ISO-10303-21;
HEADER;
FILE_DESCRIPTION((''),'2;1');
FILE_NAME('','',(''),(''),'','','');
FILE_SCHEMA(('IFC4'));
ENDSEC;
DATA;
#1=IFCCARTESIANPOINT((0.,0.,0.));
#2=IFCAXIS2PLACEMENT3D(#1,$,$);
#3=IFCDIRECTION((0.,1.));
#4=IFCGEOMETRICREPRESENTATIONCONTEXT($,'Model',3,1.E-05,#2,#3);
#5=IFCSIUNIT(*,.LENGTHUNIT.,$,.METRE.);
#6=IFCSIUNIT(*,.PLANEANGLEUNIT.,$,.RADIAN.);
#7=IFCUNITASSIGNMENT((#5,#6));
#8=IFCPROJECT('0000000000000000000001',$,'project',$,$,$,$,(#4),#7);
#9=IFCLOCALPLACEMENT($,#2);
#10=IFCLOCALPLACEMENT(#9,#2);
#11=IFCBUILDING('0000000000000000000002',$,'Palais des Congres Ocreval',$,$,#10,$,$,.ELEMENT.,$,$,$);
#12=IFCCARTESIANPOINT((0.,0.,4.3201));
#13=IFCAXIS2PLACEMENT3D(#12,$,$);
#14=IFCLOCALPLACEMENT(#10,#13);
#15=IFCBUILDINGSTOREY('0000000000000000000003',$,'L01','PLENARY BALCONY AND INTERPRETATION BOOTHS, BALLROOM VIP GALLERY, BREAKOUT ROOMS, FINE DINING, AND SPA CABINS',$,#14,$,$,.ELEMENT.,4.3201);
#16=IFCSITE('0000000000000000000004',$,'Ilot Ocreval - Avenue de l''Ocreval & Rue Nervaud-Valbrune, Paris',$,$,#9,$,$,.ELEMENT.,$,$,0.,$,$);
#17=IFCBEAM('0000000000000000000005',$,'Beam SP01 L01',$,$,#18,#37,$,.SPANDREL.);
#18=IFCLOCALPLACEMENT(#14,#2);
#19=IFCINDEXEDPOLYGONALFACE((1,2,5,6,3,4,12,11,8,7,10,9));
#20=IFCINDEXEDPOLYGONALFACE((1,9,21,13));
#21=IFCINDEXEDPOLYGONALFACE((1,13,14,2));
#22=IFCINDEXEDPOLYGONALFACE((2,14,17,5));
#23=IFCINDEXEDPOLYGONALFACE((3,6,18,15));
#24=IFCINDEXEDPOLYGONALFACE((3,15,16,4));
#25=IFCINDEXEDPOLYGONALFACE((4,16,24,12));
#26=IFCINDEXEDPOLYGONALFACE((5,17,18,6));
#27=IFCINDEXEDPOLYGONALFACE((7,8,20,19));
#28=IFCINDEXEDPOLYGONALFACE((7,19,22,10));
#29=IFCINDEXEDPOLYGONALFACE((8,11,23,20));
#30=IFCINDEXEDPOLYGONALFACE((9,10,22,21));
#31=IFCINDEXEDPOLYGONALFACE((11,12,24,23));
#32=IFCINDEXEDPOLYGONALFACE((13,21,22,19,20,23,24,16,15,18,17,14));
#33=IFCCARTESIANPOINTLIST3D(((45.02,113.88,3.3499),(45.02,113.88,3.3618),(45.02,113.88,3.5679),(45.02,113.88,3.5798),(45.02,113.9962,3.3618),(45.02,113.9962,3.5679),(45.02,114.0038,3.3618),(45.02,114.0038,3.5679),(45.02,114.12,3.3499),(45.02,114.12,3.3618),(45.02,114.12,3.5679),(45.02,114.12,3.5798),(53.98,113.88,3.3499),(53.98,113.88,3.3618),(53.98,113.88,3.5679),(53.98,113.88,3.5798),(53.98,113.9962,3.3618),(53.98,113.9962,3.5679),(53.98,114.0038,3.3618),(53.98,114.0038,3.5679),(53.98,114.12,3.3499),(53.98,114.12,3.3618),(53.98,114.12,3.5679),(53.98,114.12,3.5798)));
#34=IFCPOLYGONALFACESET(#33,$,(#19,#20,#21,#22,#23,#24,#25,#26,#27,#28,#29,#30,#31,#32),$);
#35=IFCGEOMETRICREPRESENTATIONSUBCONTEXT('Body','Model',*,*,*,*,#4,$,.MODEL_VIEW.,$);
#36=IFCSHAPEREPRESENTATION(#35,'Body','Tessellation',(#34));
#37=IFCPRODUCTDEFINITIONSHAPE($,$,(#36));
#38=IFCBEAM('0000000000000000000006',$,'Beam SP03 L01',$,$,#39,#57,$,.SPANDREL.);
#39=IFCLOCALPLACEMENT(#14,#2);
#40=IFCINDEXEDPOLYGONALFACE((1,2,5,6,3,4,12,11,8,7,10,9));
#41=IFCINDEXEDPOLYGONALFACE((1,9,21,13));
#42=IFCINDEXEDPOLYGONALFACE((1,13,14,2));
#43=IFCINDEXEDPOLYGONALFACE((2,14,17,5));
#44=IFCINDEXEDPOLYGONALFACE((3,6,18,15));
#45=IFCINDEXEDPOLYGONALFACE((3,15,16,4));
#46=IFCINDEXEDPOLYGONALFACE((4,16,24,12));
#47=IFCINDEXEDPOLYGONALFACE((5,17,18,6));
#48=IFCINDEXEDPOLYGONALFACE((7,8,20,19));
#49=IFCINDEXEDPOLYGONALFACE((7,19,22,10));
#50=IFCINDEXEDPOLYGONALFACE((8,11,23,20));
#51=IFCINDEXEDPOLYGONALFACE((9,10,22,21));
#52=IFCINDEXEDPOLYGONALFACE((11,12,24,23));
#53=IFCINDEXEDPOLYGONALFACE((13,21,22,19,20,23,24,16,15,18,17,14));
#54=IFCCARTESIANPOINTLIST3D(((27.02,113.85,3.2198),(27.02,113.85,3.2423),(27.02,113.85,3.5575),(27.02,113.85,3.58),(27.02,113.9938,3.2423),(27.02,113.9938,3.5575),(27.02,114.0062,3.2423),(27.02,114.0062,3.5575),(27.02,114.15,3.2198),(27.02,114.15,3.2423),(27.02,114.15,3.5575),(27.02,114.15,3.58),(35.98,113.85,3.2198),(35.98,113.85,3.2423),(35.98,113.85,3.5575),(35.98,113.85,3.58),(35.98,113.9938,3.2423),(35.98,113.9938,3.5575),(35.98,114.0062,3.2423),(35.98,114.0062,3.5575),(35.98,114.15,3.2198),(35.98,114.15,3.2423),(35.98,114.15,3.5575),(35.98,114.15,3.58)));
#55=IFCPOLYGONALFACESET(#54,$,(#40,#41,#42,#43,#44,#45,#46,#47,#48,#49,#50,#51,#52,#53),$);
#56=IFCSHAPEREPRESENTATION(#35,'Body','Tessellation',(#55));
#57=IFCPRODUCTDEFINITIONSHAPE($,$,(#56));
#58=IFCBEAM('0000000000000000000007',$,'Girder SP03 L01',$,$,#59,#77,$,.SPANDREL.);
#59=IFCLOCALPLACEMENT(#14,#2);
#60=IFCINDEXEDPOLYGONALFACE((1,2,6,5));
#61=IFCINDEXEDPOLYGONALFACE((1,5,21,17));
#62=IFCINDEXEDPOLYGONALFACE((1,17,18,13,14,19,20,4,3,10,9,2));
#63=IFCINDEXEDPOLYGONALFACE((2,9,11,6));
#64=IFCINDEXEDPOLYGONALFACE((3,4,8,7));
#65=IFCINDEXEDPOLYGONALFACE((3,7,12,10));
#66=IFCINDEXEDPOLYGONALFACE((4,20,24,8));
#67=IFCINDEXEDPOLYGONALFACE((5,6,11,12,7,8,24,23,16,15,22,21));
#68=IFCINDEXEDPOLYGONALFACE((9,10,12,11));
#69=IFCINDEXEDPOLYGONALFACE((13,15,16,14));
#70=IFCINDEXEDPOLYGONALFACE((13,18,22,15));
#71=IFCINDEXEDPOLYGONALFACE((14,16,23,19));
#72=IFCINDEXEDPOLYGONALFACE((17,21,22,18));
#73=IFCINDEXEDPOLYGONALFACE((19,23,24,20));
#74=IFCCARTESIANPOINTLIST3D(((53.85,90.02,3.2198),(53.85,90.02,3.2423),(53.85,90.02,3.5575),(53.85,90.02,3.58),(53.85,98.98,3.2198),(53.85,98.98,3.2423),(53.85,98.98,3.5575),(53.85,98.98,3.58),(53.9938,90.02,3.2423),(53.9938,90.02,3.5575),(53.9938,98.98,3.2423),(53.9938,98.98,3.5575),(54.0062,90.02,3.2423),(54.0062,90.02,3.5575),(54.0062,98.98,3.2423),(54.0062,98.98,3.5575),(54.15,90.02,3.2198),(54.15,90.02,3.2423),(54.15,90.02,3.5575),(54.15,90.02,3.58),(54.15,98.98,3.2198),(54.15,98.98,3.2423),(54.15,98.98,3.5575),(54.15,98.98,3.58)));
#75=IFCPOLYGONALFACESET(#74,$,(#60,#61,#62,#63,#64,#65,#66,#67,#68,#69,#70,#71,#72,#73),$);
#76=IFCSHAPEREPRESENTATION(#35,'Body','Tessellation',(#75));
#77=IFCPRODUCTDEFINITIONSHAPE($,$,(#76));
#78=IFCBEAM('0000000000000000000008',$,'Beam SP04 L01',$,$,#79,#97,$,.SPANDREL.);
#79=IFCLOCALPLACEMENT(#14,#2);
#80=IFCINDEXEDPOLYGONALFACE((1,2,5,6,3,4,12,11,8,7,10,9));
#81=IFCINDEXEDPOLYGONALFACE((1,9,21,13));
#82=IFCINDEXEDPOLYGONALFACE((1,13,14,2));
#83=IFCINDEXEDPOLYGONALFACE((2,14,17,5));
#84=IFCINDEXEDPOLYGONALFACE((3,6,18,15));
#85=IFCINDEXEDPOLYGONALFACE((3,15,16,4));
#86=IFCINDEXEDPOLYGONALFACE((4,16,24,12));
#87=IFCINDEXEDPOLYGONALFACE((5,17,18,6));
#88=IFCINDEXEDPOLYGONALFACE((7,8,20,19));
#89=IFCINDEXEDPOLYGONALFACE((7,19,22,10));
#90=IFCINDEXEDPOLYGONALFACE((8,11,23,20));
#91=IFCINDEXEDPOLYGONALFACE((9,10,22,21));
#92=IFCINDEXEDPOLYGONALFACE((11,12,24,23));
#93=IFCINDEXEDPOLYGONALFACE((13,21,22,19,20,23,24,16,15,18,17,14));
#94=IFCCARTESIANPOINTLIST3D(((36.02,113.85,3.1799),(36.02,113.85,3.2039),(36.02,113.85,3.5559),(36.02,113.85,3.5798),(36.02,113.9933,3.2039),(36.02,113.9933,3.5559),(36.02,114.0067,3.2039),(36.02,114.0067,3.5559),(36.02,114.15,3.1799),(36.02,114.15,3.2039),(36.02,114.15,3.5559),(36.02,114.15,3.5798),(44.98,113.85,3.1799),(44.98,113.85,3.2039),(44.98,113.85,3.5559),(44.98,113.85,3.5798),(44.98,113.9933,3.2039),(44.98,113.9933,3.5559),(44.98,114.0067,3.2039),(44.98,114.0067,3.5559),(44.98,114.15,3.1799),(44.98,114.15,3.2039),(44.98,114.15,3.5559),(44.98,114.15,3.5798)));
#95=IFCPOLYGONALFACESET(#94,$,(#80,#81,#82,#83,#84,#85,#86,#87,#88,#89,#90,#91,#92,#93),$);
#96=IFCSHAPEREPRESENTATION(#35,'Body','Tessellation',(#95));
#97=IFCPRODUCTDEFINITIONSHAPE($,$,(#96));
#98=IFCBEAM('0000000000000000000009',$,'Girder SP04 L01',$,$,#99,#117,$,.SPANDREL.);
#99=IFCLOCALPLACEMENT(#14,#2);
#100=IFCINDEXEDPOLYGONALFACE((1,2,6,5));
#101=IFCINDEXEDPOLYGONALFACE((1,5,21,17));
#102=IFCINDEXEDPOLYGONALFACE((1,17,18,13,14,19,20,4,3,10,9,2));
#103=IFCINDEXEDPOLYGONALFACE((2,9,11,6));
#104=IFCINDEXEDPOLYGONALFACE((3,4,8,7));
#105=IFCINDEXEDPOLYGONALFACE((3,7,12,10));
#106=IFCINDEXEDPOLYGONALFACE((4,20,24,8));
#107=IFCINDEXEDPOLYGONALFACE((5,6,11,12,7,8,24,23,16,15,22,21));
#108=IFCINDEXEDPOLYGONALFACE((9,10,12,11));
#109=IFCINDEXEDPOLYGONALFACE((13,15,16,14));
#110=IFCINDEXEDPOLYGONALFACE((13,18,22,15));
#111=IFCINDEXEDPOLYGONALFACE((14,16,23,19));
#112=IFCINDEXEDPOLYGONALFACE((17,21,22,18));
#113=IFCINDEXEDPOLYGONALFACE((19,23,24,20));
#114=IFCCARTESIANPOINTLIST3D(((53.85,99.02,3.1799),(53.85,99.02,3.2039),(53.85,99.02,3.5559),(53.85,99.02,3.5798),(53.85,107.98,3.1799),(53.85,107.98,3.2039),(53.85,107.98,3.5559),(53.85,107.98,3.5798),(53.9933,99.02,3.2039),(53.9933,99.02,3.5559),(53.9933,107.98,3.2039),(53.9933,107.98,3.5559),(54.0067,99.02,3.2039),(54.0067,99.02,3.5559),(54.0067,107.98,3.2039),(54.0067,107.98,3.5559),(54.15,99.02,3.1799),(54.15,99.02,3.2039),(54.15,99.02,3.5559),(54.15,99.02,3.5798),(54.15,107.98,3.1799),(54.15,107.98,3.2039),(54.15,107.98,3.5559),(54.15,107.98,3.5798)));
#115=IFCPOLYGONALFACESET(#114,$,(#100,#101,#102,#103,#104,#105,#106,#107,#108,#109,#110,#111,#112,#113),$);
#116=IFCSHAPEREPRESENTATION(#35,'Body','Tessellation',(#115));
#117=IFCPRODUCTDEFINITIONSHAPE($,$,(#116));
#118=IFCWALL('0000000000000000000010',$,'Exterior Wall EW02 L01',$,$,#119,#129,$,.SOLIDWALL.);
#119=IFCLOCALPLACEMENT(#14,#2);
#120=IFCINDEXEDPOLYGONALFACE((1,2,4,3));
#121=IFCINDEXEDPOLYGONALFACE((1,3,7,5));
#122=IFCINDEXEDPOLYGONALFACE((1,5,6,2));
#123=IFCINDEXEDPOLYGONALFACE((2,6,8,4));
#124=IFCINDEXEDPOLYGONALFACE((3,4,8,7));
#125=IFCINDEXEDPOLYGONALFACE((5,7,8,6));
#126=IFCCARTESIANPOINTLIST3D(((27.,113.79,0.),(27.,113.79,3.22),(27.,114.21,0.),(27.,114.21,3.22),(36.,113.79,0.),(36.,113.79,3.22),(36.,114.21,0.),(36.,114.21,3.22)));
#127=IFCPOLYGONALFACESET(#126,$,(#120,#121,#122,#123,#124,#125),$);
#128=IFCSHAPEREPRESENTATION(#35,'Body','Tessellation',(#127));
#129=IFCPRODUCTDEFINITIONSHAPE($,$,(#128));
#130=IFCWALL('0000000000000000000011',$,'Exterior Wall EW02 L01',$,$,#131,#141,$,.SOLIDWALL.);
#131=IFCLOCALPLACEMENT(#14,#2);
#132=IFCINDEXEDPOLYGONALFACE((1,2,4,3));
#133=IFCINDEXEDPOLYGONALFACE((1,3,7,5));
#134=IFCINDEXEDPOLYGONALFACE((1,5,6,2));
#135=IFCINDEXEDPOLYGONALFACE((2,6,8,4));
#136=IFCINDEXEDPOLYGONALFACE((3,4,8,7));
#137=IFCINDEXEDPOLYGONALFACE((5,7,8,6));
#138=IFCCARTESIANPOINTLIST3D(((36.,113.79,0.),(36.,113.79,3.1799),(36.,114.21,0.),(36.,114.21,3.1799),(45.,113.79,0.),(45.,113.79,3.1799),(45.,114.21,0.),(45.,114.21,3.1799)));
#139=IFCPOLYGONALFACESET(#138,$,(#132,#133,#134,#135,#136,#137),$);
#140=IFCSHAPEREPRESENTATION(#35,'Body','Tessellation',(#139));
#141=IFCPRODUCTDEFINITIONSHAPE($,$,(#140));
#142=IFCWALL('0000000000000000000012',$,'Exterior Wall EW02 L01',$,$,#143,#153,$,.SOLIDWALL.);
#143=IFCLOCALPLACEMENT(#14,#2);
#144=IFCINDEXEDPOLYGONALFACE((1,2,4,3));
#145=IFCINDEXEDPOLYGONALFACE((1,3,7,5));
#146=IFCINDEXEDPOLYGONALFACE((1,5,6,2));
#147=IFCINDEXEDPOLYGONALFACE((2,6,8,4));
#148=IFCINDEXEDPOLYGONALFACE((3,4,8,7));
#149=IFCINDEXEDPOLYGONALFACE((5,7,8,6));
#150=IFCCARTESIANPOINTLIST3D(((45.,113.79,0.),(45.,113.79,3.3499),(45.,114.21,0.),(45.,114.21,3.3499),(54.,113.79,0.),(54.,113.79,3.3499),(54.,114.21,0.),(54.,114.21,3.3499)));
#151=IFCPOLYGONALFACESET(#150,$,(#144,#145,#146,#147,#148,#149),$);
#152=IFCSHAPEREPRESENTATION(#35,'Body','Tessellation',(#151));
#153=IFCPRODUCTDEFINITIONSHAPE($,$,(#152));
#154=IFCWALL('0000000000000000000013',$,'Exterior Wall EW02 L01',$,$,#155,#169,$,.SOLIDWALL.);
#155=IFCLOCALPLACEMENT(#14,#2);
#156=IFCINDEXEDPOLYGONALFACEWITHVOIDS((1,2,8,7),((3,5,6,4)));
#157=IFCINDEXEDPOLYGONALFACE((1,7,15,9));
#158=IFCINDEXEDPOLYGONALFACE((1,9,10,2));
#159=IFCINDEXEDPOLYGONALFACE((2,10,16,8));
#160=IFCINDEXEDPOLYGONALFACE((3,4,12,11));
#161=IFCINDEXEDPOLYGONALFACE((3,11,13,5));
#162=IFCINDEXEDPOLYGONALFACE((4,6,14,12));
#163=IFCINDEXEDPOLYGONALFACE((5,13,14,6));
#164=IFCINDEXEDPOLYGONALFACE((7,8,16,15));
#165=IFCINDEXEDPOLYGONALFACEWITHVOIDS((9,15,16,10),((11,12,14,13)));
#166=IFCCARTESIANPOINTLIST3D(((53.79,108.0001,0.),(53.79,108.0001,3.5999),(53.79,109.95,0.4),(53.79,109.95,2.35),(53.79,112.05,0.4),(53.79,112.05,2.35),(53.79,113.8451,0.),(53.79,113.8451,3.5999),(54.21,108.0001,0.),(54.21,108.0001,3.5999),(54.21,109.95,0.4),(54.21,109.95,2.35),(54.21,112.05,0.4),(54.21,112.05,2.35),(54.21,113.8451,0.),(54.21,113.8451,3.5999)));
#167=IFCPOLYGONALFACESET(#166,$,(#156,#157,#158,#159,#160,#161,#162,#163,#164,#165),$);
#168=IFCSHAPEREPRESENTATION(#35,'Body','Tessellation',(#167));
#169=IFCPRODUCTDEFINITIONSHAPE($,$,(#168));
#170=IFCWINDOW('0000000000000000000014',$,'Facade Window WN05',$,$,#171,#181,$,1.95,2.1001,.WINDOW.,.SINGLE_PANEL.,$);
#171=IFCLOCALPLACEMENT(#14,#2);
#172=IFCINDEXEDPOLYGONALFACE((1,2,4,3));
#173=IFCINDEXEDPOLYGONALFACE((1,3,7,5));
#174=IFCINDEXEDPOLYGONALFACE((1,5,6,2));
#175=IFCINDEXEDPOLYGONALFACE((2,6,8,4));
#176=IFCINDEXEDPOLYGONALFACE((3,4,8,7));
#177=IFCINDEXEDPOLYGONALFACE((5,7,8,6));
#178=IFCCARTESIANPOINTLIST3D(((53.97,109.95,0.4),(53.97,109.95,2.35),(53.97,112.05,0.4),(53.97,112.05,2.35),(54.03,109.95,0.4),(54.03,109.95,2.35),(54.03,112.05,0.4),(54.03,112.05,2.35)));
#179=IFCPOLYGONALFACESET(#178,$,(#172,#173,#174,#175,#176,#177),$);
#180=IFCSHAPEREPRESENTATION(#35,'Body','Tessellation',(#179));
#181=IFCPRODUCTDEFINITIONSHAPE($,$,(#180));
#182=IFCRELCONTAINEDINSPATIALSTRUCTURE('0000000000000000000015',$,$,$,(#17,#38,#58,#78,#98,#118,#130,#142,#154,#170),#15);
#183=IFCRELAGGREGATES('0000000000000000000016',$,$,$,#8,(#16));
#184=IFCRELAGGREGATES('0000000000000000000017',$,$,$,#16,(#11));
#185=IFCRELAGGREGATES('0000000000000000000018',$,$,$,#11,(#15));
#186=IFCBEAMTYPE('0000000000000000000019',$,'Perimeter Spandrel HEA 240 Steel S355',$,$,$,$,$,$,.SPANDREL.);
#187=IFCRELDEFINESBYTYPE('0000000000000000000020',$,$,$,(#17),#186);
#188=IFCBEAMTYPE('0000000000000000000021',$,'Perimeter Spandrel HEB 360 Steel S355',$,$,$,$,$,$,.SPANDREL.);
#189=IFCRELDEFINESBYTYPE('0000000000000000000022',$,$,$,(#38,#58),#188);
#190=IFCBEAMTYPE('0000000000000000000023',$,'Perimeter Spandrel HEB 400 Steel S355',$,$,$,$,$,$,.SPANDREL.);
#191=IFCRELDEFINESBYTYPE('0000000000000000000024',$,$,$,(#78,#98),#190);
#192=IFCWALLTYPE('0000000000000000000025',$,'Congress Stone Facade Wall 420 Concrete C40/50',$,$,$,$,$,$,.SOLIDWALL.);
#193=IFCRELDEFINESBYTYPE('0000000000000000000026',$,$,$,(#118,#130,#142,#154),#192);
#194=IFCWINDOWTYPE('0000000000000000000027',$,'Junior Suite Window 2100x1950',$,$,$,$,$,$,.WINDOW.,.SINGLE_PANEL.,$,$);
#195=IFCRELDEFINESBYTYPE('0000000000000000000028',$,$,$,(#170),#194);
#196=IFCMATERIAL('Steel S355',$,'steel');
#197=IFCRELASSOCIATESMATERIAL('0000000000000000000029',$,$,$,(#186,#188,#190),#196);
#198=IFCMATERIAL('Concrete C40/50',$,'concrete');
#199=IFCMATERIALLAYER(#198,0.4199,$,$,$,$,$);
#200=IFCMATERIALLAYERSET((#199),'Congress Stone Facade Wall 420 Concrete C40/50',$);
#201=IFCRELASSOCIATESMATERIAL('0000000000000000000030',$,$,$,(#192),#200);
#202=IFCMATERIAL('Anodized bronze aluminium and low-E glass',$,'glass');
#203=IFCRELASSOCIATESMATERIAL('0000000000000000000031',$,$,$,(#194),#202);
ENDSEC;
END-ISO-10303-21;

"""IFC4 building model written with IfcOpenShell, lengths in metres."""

from ifc_helpers import new_model, si_unit, direction, frame, frame_2d, origin, origin_2d, place, context, subcontext, project, spatial, rectangle, i_section, extrude, material, layer, layer_set, material_profile, profile_set, type_object, element, fill, save


model = new_model("IFC4")

# Units and contexts
model_context = context("Model", 3, precision=1e-05, world=origin(), true_north=direction((0.0, 1.0)))
body_context = subcontext(model_context, "Body", "Model", "MODEL_VIEW")
ifc_project = project(units=[si_unit("LENGTHUNIT", "METRE"), si_unit("PLANEANGLEUNIT", "RADIAN")], contexts=[model_context])

# Site, building, storey
site_placement = place(None, origin())
site = spatial("IfcSite", under=ifc_project, at=site_placement, Name="Ilot Ocreval - Avenue de l'Ocreval & Rue Nervaud-Valbrune, Paris", CompositionType="ELEMENT", RefElevation=0.0)
building_placement = place(site_placement, origin())
building = spatial("IfcBuilding", under=site, at=building_placement, Name="Palais des Congres Ocreval", CompositionType="ELEMENT")
storey_placement = place(building_placement, frame((0.0, 0.0, 4.3201)))
storey = spatial("IfcBuildingStorey", under=building, at=storey_placement, Name="L01", Description="PLENARY BALCONY AND INTERPRETATION BOOTHS, BALLROOM VIP GALLERY, BREAKOUT ROOMS, FINE DINING, AND SPA CABINS", CompositionType="ELEMENT", Elevation=4.3201)

# Shared definitions
ifc_material_1 = material(Name="Steel S355", Category="steel")

# Beams
ifc_material_profile_1 = material_profile(ifc_material_1, i_section(OverallWidth=0.24, OverallDepth=0.23, WebThickness=0.0076, FlangeThickness=0.012, at=origin_2d()), Name="HEA 240")
ifc_profile_set_1 = profile_set([ifc_material_profile_1], Name="Steel S355")
beam_type_1 = type_object("IfcBeamType", Name="Perimeter Spandrel HEA 240 Steel S355", PredefinedType="SPANDREL", material=ifc_profile_set_1)
beam_1_placement = place(storey_placement, frame((45.02, 114.0, 3.4648), z_axis=(1.0, 0.0, 0.0), x_axis=(0.0, 1.0, 0.0)))
element("IfcBeam", 1, at=beam_1_placement, inside=storey, type_object=beam_type_1, Name="Beam SP01 L01", PredefinedType="SPANDREL", context=body_context, shape_type="SweptSolid", body=[
    extrude(i_section(OverallWidth=0.24, OverallDepth=0.23, WebThickness=0.0076, FlangeThickness=0.012, at=origin_2d()), origin(), (0.0, 0.0, 1.0), 8.96),
])
ifc_material_profile_2 = material_profile(ifc_material_1, i_section(OverallWidth=0.3, OverallDepth=0.3601, WebThickness=0.0125, FlangeThickness=0.0225, at=origin_2d()), Name="HEB 360")
ifc_profile_set_2 = profile_set([ifc_material_profile_2], Name="Steel S355")
beam_type_2 = type_object("IfcBeamType", Name="Perimeter Spandrel HEB 360 Steel S355", PredefinedType="SPANDREL", material=ifc_profile_set_2)
for number, where, z_axis, x_axis, name in (
    (2, (27.02, 114.0, 3.3999), (1.0, 0.0, 0.0), (0.0, 1.0, 0.0), "Beam SP03 L01"),
    (3, (54.0, 90.02, 3.3999), (0.0, 1.0, 0.0), (-1.0, 0.0, 0.0), "Girder SP03 L01"),
):
    element("IfcBeam", number, at=place(storey_placement, frame(where, z_axis=z_axis, x_axis=x_axis)), inside=storey, type_object=beam_type_2, Name=name, PredefinedType="SPANDREL", context=body_context, shape_type="SweptSolid", body=[
        extrude(i_section(OverallWidth=0.3, OverallDepth=0.3601, WebThickness=0.0125, FlangeThickness=0.0225, at=origin_2d()), origin(), (0.0, 0.0, 1.0), 8.96),
    ])
ifc_material_profile_3 = material_profile(ifc_material_1, i_section(OverallWidth=0.3, OverallDepth=0.3999, WebThickness=0.0134, FlangeThickness=0.0239, at=origin_2d()), Name="HEB 400")
ifc_profile_set_3 = profile_set([ifc_material_profile_3], Name="Steel S355")
beam_type_3 = type_object("IfcBeamType", Name="Perimeter Spandrel HEB 400 Steel S355", PredefinedType="SPANDREL", material=ifc_profile_set_3)
for number, where, z_axis, x_axis, name in (
    (4, (36.02, 114.0, 3.3799), (1.0, 0.0, 0.0), (0.0, 1.0, 0.0), "Beam SP04 L01"),
    (5, (54.0, 99.02, 3.3799), (0.0, 1.0, 0.0), (-1.0, 0.0, 0.0), "Girder SP04 L01"),
):
    element("IfcBeam", number, at=place(storey_placement, frame(where, z_axis=z_axis, x_axis=x_axis)), inside=storey, type_object=beam_type_3, Name=name, PredefinedType="SPANDREL", context=body_context, shape_type="SweptSolid", body=[
        extrude(i_section(OverallWidth=0.3, OverallDepth=0.3999, WebThickness=0.0134, FlangeThickness=0.0239, at=origin_2d()), origin(), (0.0, 0.0, 1.0), 8.96),
    ])

# Walls
ifc_material_2 = material(Name="Concrete C40/50", Category="concrete")
ifc_layer_1 = layer(ifc_material_2, 0.4199)
ifc_layer_set_1 = layer_set([ifc_layer_1], Name="Congress Stone Facade Wall 420 Concrete C40/50")
wall_type_1 = type_object("IfcWallType", Name="Congress Stone Facade Wall 420 Concrete C40/50", PredefinedType="SOLIDWALL", material=ifc_layer_set_1)
wall_1_placement = place(storey_placement, frame((27.0, 114.0, 0.0), z_axis=(0.0, 0.0, 1.0), x_axis=(1.0, 0.0, 0.0)))
element("IfcWall", 6, at=wall_1_placement, inside=storey, type_object=wall_type_1, Name="Exterior Wall EW02 L01", PredefinedType="SOLIDWALL", context=body_context, shape_type="SweptSolid", body=[
    extrude(rectangle(XDim=9.0, YDim=0.4199, at=frame_2d((4.5, 0.0))), origin(), (0.0, 0.0, 1.0), 3.22),
])
wall_2_placement = place(storey_placement, frame((36.0, 114.0, 0.0), z_axis=(0.0, 0.0, 1.0), x_axis=(1.0, 0.0, 0.0)))
element("IfcWall", 7, at=wall_2_placement, inside=storey, type_object=wall_type_1, Name="Exterior Wall EW02 L01", PredefinedType="SOLIDWALL", context=body_context, shape_type="SweptSolid", body=[
    extrude(rectangle(XDim=9.0, YDim=0.4199, at=frame_2d((4.5, 0.0))), origin(), (0.0, 0.0, 1.0), 3.1799),
])
wall_3_placement = place(storey_placement, frame((45.0, 114.0, 0.0), z_axis=(0.0, 0.0, 1.0), x_axis=(1.0, 0.0, 0.0)))
element("IfcWall", 8, at=wall_3_placement, inside=storey, type_object=wall_type_1, Name="Exterior Wall EW02 L01", PredefinedType="SOLIDWALL", context=body_context, shape_type="SweptSolid", body=[
    extrude(rectangle(XDim=9.0, YDim=0.4199, at=frame_2d((4.5, 0.0))), origin(), (0.0, 0.0, 1.0), 3.3499),
])

# Wall, opening, window
wall_4_placement = place(storey_placement, frame((54.0, 113.845, 0.0), z_axis=(0.0, 0.0, 1.0), x_axis=(0.0, -1.0, 0.0)))
wall_4 = element("IfcWall", 9, at=wall_4_placement, inside=storey, type_object=wall_type_1, Name="Exterior Wall EW02 L01", PredefinedType="SOLIDWALL", context=body_context, shape_type="SweptSolid", body=[
    extrude(rectangle(XDim=5.845, YDim=0.4199, at=frame_2d((2.9224, 0.0))), origin(), (0.0, 0.0, 1.0), 3.5999),
])
opening_1_placement = place(wall_4_placement, frame((1.7949, 0.0, 0.3999)))
opening_1 = element("IfcOpeningElement", 10, at=opening_1_placement, cuts=wall_4, PredefinedType="OPENING", context=body_context, shape_type="SweptSolid", body=[
    extrude(rectangle(XDim=2.1001, YDim=1.95, at=frame_2d((1.05, 0.9751))), frame((0.0, 0.22, 0.0), z_axis=(0.0, -1.0, 0.0), x_axis=(1.0, 0.0, 0.0)), (0.0, 0.0, 1.0), 0.4399),
])
ifc_material_3 = material(Name="Anodized bronze aluminium and low-E glass", Category="glass")
window_type_1 = type_object("IfcWindowType", Name="Junior Suite Window 2100x1950", PartitioningType="SINGLE_PANEL", PredefinedType="WINDOW", material=ifc_material_3)
window_1_placement = place(opening_1_placement, origin())
window_1 = element("IfcWindow", 11, at=window_1_placement, inside=storey, type_object=window_type_1, Name="Facade Window WN05", OverallHeight=1.95, OverallWidth=2.1001, PartitioningType="SINGLE_PANEL", PredefinedType="WINDOW", context=body_context, shape_type="SweptSolid", body=[
    extrude(rectangle(XDim=2.1001, YDim=1.95, at=frame_2d((1.05, 0.9751))), frame((0.0, 0.03, 0.0), z_axis=(0.0, -1.0, 0.0), x_axis=(1.0, 0.0, 0.0)), (0.0, 0.0, 1.0), 0.0601),
])
fill(opening_1, window_1)

save(model, "model.ifc")
